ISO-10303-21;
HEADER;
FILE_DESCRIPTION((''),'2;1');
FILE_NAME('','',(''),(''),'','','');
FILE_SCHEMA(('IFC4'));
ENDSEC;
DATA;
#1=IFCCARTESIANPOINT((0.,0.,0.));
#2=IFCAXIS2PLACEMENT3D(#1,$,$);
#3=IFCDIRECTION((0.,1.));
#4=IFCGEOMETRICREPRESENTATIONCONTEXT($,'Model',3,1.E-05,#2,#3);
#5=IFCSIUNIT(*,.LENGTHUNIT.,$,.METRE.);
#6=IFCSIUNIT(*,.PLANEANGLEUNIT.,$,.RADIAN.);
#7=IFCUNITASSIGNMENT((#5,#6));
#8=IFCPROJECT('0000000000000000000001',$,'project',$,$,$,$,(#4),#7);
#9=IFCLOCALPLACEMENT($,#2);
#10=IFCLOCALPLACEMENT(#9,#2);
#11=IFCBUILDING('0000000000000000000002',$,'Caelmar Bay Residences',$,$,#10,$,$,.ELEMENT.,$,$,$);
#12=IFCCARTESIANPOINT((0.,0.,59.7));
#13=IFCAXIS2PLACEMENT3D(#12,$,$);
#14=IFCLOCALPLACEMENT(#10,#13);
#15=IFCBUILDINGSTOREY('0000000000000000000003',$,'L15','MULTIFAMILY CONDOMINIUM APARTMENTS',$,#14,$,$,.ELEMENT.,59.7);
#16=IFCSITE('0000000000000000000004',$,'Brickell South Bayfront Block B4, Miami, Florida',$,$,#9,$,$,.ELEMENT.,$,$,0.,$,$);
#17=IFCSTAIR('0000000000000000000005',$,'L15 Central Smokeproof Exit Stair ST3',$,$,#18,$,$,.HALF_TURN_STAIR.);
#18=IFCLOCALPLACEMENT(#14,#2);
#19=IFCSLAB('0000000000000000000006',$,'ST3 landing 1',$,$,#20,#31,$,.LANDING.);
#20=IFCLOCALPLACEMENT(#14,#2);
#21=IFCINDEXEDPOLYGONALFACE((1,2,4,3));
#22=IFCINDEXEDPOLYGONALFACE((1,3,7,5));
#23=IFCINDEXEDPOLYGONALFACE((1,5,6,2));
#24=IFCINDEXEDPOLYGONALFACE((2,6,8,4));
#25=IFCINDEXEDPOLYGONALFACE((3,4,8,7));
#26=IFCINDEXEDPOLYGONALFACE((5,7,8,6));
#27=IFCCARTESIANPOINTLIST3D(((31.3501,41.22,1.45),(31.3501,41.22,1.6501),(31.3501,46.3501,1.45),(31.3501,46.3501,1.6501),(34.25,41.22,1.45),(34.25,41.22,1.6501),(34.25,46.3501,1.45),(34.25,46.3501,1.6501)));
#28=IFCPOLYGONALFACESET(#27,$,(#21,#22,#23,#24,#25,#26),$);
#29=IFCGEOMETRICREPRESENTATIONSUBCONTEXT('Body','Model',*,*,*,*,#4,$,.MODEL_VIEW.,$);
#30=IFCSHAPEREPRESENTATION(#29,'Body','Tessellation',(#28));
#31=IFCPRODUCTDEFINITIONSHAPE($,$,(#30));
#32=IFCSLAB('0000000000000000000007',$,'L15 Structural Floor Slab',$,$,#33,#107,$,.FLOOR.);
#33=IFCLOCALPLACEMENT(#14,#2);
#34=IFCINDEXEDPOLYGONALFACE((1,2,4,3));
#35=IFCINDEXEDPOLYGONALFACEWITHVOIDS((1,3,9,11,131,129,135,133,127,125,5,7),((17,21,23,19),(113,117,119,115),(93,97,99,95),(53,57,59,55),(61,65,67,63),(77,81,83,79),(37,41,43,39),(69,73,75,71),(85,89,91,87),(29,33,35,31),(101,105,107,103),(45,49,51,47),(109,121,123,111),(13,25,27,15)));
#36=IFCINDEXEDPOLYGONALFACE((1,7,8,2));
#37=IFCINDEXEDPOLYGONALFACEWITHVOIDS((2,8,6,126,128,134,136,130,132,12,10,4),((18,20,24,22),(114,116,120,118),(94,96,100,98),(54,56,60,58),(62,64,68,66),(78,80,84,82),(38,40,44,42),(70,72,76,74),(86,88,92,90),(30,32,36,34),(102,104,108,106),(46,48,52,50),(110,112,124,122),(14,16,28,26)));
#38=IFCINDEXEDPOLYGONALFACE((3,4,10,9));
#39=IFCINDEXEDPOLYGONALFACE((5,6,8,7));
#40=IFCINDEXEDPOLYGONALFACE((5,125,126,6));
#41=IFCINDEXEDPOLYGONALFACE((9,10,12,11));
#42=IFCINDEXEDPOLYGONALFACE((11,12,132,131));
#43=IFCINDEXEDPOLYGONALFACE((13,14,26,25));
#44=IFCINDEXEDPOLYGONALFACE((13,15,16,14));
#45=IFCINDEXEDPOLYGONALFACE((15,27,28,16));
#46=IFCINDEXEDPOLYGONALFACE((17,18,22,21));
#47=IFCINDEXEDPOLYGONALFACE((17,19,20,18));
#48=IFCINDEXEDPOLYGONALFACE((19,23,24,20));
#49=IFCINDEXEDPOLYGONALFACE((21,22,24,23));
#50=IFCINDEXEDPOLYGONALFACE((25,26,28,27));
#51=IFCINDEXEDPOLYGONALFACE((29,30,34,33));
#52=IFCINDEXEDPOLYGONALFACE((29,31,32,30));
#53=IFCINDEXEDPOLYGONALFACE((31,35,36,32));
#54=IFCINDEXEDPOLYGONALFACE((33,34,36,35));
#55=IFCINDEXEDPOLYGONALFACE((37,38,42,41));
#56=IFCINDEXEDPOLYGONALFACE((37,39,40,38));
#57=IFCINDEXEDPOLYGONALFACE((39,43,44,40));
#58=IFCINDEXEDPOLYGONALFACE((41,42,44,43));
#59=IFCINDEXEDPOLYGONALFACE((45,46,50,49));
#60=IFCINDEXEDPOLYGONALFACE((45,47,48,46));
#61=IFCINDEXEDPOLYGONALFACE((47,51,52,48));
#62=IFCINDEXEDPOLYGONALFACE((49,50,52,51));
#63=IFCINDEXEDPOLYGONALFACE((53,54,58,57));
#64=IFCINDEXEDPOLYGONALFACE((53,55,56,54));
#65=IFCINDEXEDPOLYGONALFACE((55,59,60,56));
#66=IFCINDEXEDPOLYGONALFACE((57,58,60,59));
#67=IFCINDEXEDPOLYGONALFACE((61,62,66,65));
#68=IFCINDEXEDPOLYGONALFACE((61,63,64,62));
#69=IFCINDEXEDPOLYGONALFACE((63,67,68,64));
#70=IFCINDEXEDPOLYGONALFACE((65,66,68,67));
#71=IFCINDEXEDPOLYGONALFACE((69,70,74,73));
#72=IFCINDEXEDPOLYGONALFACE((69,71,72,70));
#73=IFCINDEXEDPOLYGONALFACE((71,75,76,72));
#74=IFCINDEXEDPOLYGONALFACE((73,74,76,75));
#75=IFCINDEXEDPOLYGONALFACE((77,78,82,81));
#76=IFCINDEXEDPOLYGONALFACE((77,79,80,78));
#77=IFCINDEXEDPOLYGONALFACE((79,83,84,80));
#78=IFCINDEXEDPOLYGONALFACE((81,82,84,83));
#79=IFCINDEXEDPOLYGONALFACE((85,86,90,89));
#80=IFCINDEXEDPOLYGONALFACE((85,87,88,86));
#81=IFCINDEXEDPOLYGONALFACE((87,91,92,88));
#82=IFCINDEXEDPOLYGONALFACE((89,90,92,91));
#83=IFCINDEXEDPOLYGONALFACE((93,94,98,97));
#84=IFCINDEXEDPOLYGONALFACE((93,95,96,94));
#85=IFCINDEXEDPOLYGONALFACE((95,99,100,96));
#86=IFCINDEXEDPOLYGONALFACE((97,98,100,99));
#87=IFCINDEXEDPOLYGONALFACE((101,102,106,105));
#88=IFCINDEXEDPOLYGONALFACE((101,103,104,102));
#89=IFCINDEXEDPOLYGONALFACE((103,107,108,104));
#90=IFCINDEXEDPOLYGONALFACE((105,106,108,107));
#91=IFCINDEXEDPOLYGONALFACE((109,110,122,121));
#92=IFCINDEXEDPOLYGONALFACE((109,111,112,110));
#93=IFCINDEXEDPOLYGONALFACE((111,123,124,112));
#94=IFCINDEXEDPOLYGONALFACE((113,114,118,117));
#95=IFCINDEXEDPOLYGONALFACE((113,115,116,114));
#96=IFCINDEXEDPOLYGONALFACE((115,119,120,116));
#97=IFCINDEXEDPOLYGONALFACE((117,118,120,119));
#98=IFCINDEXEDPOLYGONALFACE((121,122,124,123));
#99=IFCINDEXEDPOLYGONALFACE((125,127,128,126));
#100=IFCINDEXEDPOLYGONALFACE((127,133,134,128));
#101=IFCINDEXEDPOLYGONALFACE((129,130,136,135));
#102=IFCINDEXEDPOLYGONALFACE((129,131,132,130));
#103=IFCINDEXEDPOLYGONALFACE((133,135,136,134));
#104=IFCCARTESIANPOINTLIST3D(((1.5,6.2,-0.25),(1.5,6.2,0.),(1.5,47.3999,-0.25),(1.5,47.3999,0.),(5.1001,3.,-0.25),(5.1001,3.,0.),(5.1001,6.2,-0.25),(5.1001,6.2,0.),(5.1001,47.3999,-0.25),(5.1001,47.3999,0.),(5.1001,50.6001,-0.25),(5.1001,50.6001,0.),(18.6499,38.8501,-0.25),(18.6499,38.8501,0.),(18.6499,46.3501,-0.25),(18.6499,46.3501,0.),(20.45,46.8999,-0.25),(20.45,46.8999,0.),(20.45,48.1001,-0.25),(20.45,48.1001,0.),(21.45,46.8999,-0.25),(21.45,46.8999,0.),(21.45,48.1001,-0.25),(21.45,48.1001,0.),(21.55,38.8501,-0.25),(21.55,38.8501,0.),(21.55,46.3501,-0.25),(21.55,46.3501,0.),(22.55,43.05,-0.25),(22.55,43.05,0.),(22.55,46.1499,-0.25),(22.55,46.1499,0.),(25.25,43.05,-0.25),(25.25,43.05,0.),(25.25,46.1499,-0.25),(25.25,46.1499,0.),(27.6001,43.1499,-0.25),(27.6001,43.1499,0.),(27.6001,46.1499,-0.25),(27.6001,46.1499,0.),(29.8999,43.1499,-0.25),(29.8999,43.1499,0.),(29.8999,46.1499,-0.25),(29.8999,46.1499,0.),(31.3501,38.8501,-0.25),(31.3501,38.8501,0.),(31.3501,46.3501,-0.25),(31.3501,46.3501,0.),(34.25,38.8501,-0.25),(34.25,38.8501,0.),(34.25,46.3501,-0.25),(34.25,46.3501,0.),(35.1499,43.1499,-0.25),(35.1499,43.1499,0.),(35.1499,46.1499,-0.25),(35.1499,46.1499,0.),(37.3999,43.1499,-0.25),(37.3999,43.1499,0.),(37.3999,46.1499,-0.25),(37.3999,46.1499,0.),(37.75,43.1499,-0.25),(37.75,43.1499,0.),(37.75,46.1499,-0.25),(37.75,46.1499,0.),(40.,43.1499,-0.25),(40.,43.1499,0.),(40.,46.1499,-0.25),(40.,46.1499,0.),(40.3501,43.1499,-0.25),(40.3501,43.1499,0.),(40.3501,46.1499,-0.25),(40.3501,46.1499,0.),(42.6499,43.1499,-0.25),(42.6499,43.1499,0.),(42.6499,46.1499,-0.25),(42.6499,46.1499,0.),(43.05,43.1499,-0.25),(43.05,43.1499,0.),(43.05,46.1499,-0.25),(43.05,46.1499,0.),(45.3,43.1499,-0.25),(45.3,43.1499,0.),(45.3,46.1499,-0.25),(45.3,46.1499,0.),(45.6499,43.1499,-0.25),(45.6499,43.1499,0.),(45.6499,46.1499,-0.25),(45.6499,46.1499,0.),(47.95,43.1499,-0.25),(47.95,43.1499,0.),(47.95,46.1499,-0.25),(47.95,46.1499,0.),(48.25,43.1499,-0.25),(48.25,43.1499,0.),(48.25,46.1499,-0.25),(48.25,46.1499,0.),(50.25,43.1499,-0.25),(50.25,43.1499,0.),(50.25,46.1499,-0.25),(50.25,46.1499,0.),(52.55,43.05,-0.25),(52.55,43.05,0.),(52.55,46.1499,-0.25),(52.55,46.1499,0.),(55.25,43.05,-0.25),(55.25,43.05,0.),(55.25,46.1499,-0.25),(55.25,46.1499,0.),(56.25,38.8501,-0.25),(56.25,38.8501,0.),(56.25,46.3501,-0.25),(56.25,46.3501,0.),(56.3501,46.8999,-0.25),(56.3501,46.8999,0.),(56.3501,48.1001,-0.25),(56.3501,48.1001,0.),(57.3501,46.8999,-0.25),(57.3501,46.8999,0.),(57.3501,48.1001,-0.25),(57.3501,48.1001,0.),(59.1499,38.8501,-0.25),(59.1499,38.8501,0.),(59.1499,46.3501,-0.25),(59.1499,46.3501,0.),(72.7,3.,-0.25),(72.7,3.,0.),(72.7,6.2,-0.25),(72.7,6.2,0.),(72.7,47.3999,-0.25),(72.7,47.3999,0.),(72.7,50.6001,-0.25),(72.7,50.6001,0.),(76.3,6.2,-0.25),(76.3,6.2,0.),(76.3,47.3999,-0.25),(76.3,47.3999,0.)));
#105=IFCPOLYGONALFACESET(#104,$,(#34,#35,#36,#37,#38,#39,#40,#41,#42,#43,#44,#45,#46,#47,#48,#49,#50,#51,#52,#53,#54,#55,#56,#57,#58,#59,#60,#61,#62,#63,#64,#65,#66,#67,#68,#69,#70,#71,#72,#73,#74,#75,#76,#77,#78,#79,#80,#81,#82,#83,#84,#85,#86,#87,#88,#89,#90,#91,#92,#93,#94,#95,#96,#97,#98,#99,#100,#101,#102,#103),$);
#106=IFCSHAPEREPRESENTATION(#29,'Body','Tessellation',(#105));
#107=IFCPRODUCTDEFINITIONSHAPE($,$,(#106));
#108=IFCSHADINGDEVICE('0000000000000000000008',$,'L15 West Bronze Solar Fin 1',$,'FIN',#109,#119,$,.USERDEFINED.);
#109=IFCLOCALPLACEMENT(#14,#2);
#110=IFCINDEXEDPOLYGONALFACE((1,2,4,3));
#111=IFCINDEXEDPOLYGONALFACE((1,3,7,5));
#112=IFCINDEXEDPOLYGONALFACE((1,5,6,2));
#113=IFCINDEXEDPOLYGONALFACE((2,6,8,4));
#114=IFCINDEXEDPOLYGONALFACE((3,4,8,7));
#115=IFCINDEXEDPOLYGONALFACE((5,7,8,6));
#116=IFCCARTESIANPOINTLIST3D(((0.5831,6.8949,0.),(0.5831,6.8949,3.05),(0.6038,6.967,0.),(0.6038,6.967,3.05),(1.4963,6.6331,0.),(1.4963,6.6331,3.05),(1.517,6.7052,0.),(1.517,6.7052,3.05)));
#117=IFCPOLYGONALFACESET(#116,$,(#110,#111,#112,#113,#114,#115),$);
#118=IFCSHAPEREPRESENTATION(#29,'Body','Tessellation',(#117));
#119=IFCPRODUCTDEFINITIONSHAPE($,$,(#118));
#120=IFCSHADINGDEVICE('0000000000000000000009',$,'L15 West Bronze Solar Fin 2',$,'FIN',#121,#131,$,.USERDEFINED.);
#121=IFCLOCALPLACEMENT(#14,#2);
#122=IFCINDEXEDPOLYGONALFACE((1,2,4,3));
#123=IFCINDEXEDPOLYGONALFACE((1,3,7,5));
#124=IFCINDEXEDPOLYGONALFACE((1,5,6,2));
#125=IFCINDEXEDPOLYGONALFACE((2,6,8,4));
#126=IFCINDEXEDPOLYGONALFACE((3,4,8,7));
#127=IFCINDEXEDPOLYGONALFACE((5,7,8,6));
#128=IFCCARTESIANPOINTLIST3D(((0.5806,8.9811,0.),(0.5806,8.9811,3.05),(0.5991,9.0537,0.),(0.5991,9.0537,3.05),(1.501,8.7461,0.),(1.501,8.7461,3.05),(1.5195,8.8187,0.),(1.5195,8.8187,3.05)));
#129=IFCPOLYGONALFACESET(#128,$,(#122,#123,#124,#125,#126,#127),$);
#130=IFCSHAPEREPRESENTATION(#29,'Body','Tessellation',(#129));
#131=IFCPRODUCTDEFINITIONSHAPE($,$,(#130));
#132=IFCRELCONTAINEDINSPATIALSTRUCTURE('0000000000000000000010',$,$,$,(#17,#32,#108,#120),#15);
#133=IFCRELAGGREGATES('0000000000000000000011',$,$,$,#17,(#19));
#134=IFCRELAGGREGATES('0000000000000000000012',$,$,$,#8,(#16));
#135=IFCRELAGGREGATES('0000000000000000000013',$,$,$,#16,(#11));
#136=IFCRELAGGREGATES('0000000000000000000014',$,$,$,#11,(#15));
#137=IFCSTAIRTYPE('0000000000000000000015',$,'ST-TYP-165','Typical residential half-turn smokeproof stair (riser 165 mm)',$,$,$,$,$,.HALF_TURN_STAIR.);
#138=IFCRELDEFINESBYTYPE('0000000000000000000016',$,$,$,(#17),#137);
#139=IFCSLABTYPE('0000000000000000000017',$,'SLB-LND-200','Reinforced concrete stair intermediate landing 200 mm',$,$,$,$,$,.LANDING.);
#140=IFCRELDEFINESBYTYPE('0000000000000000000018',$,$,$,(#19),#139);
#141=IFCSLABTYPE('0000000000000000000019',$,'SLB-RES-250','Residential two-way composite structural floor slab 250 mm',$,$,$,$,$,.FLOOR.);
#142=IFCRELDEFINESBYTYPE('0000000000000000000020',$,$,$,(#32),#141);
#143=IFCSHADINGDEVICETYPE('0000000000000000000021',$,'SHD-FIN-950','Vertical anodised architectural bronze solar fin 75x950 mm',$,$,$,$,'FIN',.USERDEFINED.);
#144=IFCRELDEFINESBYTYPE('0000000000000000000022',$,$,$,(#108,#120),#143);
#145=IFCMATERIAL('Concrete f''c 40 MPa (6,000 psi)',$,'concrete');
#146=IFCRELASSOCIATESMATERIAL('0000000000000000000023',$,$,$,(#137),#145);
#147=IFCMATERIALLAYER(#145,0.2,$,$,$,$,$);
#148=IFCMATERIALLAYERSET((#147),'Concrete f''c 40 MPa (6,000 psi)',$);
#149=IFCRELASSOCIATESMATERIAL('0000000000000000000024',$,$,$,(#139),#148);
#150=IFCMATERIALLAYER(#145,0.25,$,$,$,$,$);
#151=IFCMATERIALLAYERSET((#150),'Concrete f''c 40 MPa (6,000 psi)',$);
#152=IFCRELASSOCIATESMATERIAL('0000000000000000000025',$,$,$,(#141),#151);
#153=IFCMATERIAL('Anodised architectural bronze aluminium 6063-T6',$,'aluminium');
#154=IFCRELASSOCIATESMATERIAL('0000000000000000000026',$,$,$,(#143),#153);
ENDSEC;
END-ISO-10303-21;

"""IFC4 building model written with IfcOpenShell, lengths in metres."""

from ifc_helpers import new_model, si_unit, direction, frame, origin, origin_2d, place, context, subcontext, project, spatial, polyline, rectangle, outline, extrude, material, layer, layer_set, material_profile, profile_set, type_object, element, aggregate, save


model = new_model("IFC4")

# Units and contexts
model_context = context("Model", 3, precision=1e-05, world=origin(), true_north=direction((0.0, 1.0)))
body_context = subcontext(model_context, "Body", "Model", "MODEL_VIEW")
ifc_project = project(units=[si_unit("LENGTHUNIT", "METRE"), si_unit("PLANEANGLEUNIT", "RADIAN")], contexts=[model_context])

# Site, building, storey
site_placement = place(None, origin())
site = spatial("IfcSite", under=ifc_project, at=site_placement, Name="Brickell South Bayfront Block B4, Miami, Florida", CompositionType="ELEMENT", RefElevation=0.0)
building_placement = place(site_placement, origin())
building = spatial("IfcBuilding", under=site, at=building_placement, Name="Caelmar Bay Residences", CompositionType="ELEMENT")
storey_placement = place(building_placement, frame((0.0, 0.0, 59.7)))
storey = spatial("IfcBuildingStorey", under=building, at=storey_placement, Name="L15", Description="MULTIFAMILY CONDOMINIUM APARTMENTS", CompositionType="ELEMENT", Elevation=59.7)

# Shared definitions
ifc_material_1 = material(Name="Concrete f'c 40 MPa (6,000 psi)", Category="concrete")

# Stair, slab
stair_type = type_object("IfcStairType", Name="ST-TYP-165", Description="Typical residential half-turn smokeproof stair (riser 165 mm)", PredefinedType="HALF_TURN_STAIR", material=ifc_material_1)
ifc_layer_1 = layer(ifc_material_1, 0.2)
ifc_layer_set_1 = layer_set([ifc_layer_1], Name="Concrete f'c 40 MPa (6,000 psi)")
slab_type_1 = type_object("IfcSlabType", Name="SLB-LND-200", Description="Reinforced concrete stair intermediate landing 200 mm", PredefinedType="LANDING", material=ifc_layer_set_1)
stair_1_placement = place(storey_placement, origin())
stair_1 = element("IfcStair", 1, at=stair_1_placement, inside=storey, type_object=stair_type, Name="L15 Central Smokeproof Exit Stair ST3", PredefinedType="HALF_TURN_STAIR")
slab_1_placement = place(storey_placement, frame((0.0, 0.0, 1.45)))
slab_1 = element("IfcSlab", 2, at=slab_1_placement, type_object=slab_type_1, Name="ST3 landing 1", PredefinedType="LANDING", context=body_context, shape_type="SweptSolid", body=[
    extrude(outline(polyline([(34.25, 41.22), (34.25, 46.3501), (31.3501, 46.3501), (31.3501, 41.22), (34.25, 41.22)])), origin(), (0.0, 0.0, 1.0), 0.2002),
])
aggregate(stair_1, [slab_1])

# Slab
ifc_layer_2 = layer(ifc_material_1, 0.25)
ifc_layer_set_2 = layer_set([ifc_layer_2], Name="Concrete f'c 40 MPa (6,000 psi)")
slab_type_2 = type_object("IfcSlabType", Name="SLB-RES-250", Description="Residential two-way composite structural floor slab 250 mm", PredefinedType="FLOOR", material=ifc_layer_set_2)
slab_2_placement = place(storey_placement, frame((0.0, 0.0, -0.25)))
element("IfcSlab", 3, at=slab_2_placement, inside=storey, type_object=slab_type_2, Name="L15 Structural Floor Slab", PredefinedType="FLOOR", context=body_context, shape_type="SweptSolid", body=[
    extrude(outline(polyline([(5.1001, 3.0), (72.7, 3.0), (72.7, 6.2), (76.3, 6.2), (76.3, 47.3999), (72.7, 47.3999), (72.7, 50.6001), (5.1001, 50.6001), (5.1001, 47.3999), (1.5, 47.3999), (1.5, 6.2), (5.1001, 6.2), (5.1001, 3.0)]), holes=[polyline([(18.6499, 38.8501), (21.55, 38.8501), (21.55, 46.3501), (18.6499, 46.3501), (18.6499, 38.8501)]), polyline([(56.25, 38.8501), (59.1499, 38.8501), (59.1499, 46.3501), (56.25, 46.3501), (56.25, 38.8501)]), polyline([(31.3501, 38.8501), (34.25, 38.8501), (34.25, 46.3501), (31.3501, 46.3501), (31.3501, 38.8501)]), polyline([(22.55, 43.05), (25.25, 43.05), (25.25, 46.1499), (22.55, 46.1499), (22.55, 43.05)]), polyline([(52.55, 43.05), (55.25, 43.05), (55.25, 46.1499), (52.55, 46.1499), (52.55, 43.05)]), polyline([(35.1499, 43.1499), (37.3999, 43.1499), (37.3999, 46.1499), (35.1499, 46.1499), (35.1499, 43.1499)]), polyline([(37.75, 43.1499), (40.0, 43.1499), (40.0, 46.1499), (37.75, 46.1499), (37.75, 43.1499)]), polyline([(40.3501, 43.1499), (42.6499, 43.1499), (42.6499, 46.1499), (40.3501, 46.1499), (40.3501, 43.1499)]), polyline([(43.05, 43.1499), (45.3, 43.1499), (45.3, 46.1499), (43.05, 46.1499), (43.05, 43.1499)]), polyline([(45.6499, 43.1499), (47.95, 43.1499), (47.95, 46.1499), (45.6499, 46.1499), (45.6499, 43.1499)]), polyline([(48.25, 43.1499), (50.25, 43.1499), (50.25, 46.1499), (48.25, 46.1499), (48.25, 43.1499)]), polyline([(27.6001, 43.1499), (29.8999, 43.1499), (29.8999, 46.1499), (27.6001, 46.1499), (27.6001, 43.1499)]), polyline([(20.45, 46.8999), (21.45, 46.8999), (21.45, 48.1001), (20.45, 48.1001), (20.45, 46.8999)]), polyline([(56.3501, 46.8999), (57.3501, 46.8999), (57.3501, 48.1001), (56.3501, 48.1001), (56.3501, 46.8999)])]), origin(), (0.0, 0.0, 1.0), 0.25),
])

# Shading devices
ifc_material_2 = material(Name="Anodised architectural bronze aluminium 6063-T6", Category="aluminium")
ifc_material_profile_1 = material_profile(ifc_material_2, rectangle(XDim=0.075, YDim=0.95, at=origin_2d()), Name="BRONZE-FIN-75X950")
ifc_profile_set_1 = profile_set([ifc_material_profile_1], Name="Anodised architectural bronze aluminium 6063-T6")
shading_device_type = type_object("IfcShadingDeviceType", Name="SHD-FIN-950", Description="Vertical anodised architectural bronze solar fin 75x950 mm", ElementType="FIN", PredefinedType="USERDEFINED", material=ifc_profile_set_1)
for number, where, z_axis, x_axis, name in (
    (4, (1.05, 6.8, 0.0), (0.0, 0.0, 1.0), (0.275637, 0.961262, 0.0), "L15 West Bronze Solar Fin 1"),
    (5, (1.05, 8.8999, 0.0), (0.0, 0.0, 1.0), (0.247337, 0.968929, 0.0), "L15 West Bronze Solar Fin 2"),
):
    element("IfcShadingDevice", number, at=place(storey_placement, frame(where, z_axis=z_axis, x_axis=x_axis)), inside=storey, type_object=shading_device_type, Name=name, ObjectType="FIN", PredefinedType="USERDEFINED", context=body_context, shape_type="SweptSolid", body=[
        extrude(rectangle(XDim=0.075, YDim=0.95, at=origin_2d()), origin(), (0.0, 0.0, 1.0), 3.05),
    ])

save(model, "model.ifc")
